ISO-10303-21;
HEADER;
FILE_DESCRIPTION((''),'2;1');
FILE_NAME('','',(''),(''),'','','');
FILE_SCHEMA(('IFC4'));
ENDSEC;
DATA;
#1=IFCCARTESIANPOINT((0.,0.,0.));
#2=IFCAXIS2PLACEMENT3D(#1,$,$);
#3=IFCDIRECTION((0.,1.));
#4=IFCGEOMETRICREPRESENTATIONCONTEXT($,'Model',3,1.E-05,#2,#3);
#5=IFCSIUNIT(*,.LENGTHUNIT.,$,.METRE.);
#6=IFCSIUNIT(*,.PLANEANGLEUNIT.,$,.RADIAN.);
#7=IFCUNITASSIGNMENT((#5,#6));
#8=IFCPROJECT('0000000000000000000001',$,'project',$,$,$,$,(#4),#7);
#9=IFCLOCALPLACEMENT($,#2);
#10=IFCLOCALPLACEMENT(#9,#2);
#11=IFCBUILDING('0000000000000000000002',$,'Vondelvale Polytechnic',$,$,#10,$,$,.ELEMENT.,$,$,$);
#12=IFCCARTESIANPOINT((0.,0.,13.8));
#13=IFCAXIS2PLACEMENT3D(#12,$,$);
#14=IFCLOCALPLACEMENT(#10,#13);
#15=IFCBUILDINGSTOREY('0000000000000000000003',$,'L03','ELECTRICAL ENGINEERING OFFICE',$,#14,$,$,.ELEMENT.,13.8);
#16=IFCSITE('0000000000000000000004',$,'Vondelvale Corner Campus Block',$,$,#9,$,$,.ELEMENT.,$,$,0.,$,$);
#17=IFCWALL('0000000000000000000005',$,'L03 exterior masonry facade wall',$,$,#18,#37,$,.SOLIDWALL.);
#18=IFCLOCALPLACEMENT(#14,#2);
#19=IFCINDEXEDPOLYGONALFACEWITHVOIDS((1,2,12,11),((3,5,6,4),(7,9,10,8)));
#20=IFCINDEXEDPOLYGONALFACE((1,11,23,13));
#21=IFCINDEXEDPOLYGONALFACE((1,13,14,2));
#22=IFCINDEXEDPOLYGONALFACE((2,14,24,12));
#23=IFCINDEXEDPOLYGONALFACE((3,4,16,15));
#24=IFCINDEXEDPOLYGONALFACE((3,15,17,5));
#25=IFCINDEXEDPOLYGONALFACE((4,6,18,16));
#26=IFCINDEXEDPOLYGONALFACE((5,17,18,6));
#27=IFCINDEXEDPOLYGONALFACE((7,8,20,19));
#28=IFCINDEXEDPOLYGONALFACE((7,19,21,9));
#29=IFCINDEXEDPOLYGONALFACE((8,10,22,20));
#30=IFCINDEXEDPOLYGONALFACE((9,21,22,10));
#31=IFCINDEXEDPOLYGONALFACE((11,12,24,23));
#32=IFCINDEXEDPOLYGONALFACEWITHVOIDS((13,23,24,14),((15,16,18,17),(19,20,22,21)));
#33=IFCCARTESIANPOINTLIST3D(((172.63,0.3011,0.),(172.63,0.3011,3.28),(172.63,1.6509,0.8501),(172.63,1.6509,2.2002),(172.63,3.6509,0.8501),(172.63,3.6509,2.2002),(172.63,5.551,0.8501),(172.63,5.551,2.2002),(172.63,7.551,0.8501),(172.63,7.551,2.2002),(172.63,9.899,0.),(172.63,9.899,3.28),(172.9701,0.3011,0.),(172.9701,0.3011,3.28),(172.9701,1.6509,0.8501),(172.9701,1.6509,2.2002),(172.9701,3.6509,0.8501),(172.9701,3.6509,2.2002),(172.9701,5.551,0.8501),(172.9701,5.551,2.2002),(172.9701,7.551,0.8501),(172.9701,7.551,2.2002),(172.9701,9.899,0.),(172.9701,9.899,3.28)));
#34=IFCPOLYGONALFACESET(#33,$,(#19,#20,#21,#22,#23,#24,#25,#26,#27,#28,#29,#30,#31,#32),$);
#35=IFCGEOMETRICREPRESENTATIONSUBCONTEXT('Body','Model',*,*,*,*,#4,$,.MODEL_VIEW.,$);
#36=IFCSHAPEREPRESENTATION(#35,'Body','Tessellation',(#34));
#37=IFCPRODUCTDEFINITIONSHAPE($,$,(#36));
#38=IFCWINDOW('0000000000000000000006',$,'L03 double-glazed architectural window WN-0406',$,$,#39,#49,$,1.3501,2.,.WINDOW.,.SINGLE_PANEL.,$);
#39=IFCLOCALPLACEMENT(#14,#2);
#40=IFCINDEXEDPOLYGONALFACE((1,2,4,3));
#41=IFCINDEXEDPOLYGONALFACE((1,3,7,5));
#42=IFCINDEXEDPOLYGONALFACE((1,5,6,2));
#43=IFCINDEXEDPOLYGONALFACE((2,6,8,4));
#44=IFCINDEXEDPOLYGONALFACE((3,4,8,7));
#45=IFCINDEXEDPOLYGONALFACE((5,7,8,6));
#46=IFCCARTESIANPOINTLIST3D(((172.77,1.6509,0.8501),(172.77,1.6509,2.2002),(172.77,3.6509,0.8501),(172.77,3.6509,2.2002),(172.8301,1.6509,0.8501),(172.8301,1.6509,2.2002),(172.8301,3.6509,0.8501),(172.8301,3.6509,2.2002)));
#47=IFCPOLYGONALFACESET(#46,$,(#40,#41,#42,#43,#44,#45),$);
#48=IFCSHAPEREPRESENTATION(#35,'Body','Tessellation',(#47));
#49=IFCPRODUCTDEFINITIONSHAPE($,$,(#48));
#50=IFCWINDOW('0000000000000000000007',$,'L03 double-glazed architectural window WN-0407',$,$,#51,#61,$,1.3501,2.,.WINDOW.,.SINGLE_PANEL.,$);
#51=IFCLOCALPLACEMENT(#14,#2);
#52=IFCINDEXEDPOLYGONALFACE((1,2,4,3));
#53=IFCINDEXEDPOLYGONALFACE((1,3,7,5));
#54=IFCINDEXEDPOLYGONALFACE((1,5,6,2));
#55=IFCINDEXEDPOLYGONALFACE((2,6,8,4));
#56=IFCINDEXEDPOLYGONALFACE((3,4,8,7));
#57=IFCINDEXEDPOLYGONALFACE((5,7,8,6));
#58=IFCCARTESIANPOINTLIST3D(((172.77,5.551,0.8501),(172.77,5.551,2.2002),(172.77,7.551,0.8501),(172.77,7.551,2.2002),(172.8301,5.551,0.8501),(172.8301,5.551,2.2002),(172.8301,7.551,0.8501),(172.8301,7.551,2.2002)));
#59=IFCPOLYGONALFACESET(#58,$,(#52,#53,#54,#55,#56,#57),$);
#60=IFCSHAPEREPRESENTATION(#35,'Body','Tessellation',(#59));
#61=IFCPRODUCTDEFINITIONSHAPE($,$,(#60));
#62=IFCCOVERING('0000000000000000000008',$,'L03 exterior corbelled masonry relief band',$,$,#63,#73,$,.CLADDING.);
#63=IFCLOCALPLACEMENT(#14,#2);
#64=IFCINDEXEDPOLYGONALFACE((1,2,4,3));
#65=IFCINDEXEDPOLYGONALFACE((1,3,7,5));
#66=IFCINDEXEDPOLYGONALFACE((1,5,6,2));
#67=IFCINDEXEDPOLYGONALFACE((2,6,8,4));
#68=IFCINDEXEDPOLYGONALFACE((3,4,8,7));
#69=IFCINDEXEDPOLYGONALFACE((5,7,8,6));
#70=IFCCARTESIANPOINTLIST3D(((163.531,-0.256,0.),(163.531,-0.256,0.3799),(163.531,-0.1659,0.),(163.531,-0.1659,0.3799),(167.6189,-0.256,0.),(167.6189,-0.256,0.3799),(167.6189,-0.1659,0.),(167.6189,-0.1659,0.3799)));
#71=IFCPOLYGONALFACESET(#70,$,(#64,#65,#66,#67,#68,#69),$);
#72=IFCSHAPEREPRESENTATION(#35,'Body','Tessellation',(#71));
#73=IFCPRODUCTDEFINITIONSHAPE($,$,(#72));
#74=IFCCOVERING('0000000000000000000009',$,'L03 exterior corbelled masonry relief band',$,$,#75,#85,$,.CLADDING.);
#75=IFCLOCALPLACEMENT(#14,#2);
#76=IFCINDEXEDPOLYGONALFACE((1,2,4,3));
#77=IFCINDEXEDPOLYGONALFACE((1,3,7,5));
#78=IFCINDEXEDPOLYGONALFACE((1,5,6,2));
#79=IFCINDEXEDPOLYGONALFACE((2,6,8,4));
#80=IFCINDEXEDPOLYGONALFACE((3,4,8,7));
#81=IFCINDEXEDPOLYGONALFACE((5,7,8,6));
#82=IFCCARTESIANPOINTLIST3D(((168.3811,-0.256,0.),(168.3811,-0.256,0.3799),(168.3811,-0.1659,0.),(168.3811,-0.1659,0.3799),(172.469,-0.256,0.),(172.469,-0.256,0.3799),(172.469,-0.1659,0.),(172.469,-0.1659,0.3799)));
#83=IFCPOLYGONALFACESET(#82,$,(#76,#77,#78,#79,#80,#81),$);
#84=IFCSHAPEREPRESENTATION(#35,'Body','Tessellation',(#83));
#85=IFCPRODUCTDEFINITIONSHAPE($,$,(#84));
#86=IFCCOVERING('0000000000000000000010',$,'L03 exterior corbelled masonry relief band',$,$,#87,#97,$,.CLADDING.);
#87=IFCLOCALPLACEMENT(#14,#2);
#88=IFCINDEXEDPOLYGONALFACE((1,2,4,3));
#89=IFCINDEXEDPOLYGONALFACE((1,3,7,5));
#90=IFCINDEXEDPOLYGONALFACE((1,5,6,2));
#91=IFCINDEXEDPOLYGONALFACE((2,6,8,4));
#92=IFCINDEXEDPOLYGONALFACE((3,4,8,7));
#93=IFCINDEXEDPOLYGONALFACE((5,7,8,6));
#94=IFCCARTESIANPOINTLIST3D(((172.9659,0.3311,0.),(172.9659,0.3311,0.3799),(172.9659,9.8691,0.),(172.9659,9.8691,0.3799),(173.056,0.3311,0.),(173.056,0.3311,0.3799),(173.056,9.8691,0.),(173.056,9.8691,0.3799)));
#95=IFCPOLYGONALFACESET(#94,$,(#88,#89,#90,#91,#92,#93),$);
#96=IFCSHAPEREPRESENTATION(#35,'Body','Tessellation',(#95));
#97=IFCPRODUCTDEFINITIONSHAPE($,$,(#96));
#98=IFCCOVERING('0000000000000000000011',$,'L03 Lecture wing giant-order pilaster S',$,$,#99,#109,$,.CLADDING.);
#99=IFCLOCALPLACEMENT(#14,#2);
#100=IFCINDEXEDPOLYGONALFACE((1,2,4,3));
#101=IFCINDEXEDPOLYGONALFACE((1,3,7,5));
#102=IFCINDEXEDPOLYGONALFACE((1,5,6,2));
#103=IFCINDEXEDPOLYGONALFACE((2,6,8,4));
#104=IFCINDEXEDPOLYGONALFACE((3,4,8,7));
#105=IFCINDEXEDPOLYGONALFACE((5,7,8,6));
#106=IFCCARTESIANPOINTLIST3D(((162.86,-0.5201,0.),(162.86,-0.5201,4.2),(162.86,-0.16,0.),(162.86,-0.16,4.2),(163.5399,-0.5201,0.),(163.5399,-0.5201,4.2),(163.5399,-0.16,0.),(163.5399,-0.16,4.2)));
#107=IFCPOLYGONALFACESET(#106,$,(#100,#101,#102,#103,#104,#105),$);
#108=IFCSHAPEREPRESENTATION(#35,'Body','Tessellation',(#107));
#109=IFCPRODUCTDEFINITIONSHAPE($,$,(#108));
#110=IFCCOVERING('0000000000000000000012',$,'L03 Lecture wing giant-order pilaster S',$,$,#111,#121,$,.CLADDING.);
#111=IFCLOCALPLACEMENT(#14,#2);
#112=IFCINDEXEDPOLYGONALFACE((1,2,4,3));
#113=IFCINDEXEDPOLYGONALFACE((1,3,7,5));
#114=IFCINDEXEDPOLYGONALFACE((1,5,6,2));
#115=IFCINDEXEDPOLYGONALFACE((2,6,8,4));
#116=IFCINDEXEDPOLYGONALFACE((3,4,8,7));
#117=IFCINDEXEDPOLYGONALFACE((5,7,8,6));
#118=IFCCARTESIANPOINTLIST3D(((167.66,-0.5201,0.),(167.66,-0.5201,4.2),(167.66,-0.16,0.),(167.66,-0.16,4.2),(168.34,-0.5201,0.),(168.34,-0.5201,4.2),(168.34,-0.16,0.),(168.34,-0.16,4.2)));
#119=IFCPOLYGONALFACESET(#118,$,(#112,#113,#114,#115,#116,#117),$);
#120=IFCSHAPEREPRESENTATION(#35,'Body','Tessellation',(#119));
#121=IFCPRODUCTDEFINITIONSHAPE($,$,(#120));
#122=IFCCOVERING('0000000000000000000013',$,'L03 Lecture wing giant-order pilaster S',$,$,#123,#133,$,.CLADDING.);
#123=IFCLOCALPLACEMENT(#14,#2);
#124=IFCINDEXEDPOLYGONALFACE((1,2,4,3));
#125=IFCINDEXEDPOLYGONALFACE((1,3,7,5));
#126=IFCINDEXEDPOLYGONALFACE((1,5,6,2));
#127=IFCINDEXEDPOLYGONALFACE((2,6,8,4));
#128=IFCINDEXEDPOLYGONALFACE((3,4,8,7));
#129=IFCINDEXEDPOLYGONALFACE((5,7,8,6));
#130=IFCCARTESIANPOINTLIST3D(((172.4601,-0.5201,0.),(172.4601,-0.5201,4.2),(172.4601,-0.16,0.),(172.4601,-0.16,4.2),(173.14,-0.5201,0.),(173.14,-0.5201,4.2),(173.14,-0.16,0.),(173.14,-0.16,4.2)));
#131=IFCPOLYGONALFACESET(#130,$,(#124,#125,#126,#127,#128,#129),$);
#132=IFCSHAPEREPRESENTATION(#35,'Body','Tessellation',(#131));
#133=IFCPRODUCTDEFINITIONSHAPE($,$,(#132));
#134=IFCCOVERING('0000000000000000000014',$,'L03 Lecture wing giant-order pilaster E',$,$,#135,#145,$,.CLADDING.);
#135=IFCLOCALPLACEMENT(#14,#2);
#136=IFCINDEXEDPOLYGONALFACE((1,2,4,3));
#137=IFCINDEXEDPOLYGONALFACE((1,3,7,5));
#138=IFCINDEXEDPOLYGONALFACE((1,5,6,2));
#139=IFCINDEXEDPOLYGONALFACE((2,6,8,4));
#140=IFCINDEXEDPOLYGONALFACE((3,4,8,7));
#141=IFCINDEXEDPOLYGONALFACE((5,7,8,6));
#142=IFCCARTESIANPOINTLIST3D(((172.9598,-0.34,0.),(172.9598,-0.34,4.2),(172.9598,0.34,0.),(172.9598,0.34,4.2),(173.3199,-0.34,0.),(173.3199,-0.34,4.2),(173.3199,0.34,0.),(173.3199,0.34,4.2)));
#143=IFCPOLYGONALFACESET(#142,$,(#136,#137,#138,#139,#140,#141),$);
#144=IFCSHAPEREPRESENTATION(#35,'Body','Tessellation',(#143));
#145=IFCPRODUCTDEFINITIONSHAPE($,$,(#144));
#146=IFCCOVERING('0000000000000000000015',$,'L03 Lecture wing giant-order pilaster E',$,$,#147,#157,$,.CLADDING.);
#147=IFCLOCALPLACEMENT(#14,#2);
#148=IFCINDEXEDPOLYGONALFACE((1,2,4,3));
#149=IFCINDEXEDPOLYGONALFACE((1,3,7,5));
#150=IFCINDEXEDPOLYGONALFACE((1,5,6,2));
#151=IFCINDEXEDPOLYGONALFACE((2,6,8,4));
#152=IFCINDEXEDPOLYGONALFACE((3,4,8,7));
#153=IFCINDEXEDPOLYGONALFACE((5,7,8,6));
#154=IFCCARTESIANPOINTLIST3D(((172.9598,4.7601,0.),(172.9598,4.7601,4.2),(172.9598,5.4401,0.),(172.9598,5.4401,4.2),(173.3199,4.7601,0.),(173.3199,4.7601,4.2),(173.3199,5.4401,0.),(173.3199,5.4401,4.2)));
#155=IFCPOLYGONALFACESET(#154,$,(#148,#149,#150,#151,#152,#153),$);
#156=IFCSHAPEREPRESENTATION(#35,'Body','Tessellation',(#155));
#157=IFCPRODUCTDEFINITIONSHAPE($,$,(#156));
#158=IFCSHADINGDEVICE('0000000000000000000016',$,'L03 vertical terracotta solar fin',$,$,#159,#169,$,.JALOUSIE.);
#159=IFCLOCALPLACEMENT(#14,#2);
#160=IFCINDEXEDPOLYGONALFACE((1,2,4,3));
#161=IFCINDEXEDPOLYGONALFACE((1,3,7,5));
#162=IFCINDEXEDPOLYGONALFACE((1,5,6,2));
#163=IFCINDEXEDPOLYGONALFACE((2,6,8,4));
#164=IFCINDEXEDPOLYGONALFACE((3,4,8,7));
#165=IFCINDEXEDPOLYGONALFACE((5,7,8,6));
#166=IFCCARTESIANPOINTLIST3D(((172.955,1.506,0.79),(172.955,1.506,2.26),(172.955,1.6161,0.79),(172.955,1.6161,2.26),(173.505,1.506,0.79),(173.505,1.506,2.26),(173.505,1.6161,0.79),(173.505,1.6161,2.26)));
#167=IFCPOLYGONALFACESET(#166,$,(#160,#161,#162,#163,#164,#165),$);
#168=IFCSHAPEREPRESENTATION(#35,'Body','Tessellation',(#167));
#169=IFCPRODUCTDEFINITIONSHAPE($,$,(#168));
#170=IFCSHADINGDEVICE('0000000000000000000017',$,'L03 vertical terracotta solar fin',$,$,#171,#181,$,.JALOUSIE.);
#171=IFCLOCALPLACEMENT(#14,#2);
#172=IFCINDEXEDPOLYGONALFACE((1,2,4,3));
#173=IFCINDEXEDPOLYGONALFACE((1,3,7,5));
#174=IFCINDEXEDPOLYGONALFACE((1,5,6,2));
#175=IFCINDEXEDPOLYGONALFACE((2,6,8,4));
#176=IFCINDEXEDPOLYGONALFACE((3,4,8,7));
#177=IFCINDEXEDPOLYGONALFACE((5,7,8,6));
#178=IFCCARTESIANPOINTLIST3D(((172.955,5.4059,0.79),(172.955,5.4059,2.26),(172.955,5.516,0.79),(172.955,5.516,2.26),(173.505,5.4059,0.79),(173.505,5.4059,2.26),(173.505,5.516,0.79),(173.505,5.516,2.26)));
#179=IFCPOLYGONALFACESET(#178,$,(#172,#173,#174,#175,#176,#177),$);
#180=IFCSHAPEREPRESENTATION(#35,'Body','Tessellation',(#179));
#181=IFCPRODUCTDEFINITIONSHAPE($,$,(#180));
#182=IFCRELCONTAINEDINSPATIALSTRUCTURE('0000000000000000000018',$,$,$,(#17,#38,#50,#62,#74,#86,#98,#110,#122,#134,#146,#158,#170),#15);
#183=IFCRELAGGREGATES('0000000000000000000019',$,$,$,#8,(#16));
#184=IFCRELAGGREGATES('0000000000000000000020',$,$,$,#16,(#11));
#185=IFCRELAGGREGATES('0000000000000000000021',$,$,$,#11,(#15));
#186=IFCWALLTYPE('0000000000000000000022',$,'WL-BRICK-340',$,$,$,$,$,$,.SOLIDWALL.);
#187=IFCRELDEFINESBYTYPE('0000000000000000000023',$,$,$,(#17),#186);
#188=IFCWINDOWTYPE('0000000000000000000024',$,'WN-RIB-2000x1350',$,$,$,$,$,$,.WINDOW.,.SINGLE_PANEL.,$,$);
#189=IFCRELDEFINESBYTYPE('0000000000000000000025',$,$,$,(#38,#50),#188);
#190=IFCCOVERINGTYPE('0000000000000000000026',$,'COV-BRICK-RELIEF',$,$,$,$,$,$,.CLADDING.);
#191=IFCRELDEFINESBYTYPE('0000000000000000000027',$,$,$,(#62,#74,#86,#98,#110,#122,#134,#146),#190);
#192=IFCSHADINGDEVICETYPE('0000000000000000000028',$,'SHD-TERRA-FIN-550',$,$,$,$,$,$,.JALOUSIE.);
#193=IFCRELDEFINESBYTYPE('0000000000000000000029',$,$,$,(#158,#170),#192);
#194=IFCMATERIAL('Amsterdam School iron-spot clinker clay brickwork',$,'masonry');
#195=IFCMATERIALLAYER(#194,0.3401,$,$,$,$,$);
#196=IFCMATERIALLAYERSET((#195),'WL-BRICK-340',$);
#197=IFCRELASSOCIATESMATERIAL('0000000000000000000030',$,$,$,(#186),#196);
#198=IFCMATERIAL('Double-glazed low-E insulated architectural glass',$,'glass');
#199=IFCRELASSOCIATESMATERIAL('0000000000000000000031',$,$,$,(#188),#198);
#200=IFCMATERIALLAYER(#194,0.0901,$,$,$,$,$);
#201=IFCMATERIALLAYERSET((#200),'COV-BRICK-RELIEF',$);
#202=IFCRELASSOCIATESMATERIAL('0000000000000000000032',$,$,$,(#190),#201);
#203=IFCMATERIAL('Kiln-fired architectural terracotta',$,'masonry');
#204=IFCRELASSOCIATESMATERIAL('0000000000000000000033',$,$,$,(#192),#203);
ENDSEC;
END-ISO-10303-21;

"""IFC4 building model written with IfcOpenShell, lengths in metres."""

from ifc_helpers import new_model, si_unit, direction, frame, frame_2d, origin, origin_2d, place, context, subcontext, project, spatial, rectangle, extrude, material, layer, layer_set, type_object, element, fill, save


model = new_model("IFC4")

# Units and contexts
model_context = context("Model", 3, precision=1e-05, world=origin(), true_north=direction((0.0, 1.0)))
body_context = subcontext(model_context, "Body", "Model", "MODEL_VIEW")
ifc_project = project(units=[si_unit("LENGTHUNIT", "METRE"), si_unit("PLANEANGLEUNIT", "RADIAN")], contexts=[model_context])

# Site, building, storey
site_placement = place(None, origin())
site = spatial("IfcSite", under=ifc_project, at=site_placement, Name="Vondelvale Corner Campus Block", CompositionType="ELEMENT", RefElevation=0.0)
building_placement = place(site_placement, origin())
building = spatial("IfcBuilding", under=site, at=building_placement, Name="Vondelvale Polytechnic", CompositionType="ELEMENT")
storey_placement = place(building_placement, frame((0.0, 0.0, 13.8)))
storey = spatial("IfcBuildingStorey", under=building, at=storey_placement, Name="L03", Description="ELECTRICAL ENGINEERING OFFICE", CompositionType="ELEMENT", Elevation=13.8)

# Shared definitions
ifc_material_1 = material(Name="Amsterdam School iron-spot clinker clay brickwork", Category="masonry")
ifc_layer_1 = layer(ifc_material_1, 0.3401)
ifc_layer_set_1 = layer_set([ifc_layer_1], Name="WL-BRICK-340")
wall_type = type_object("IfcWallType", Name="WL-BRICK-340", PredefinedType="SOLIDWALL", material=ifc_layer_set_1)
ifc_material_2 = material(Name="Double-glazed low-E insulated architectural glass", Category="glass")

# Wall, openings, windows
wall_1_placement = place(storey_placement, frame((172.8, 9.8989, 0.0), z_axis=(0.0, 0.0, 1.0), x_axis=(0.0, -1.0, 0.0)))
wall_1 = element("IfcWall", 1, at=wall_1_placement, inside=storey, type_object=wall_type, Name="L03 exterior masonry facade wall", PredefinedType="SOLIDWALL", context=body_context, shape_type="SweptSolid", body=[
    extrude(rectangle(XDim=9.5979, YDim=0.3401, at=frame_2d((4.7988, 0.0))), origin(), (0.0, 0.0, 1.0), 3.28),
])
opening_1_placement = place(wall_1_placement, frame((6.248, 0.0, 0.8501)))
opening_1 = element("IfcOpeningElement", 2, at=opening_1_placement, cuts=wall_1, PredefinedType="OPENING", context=body_context, shape_type="SweptSolid", body=[
    extrude(rectangle(XDim=2.0, YDim=1.3501, at=frame_2d((1.0, 0.675))), frame((0.0, 0.1799, 0.0), z_axis=(0.0, -1.0, 0.0), x_axis=(1.0, 0.0, 0.0)), (0.0, 0.0, 1.0), 0.3601),
])
opening_2_placement = place(wall_1_placement, frame((2.3479, 0.0, 0.8501)))
opening_2 = element("IfcOpeningElement", 3, at=opening_2_placement, cuts=wall_1, PredefinedType="OPENING", context=body_context, shape_type="SweptSolid", body=[
    extrude(rectangle(XDim=2.0, YDim=1.3501, at=frame_2d((1.0, 0.675))), frame((0.0, 0.1799, 0.0), z_axis=(0.0, -1.0, 0.0), x_axis=(1.0, 0.0, 0.0)), (0.0, 0.0, 1.0), 0.3601),
])
window_type_1 = type_object("IfcWindowType", Name="WN-RIB-2000x1350", PartitioningType="SINGLE_PANEL", PredefinedType="WINDOW", material=ifc_material_2)
window_1_placement = place(opening_1_placement, origin())
window_1 = element("IfcWindow", 4, at=window_1_placement, inside=storey, type_object=window_type_1, Name="L03 double-glazed architectural window WN-0406", OverallHeight=1.3501, OverallWidth=2.0, PartitioningType="SINGLE_PANEL", PredefinedType="WINDOW", context=body_context, shape_type="SweptSolid", body=[
    extrude(rectangle(XDim=2.0, YDim=1.3501, at=frame_2d((1.0, 0.675))), frame((0.0, 0.03, 0.0), z_axis=(0.0, -1.0, 0.0), x_axis=(1.0, 0.0, 0.0)), (0.0, 0.0, 1.0), 0.0601),
])
fill(opening_1, window_1)
window_2_placement = place(opening_2_placement, origin())
window_2 = element("IfcWindow", 5, at=window_2_placement, inside=storey, type_object=window_type_1, Name="L03 double-glazed architectural window WN-0407", OverallHeight=1.3501, OverallWidth=2.0, PartitioningType="SINGLE_PANEL", PredefinedType="WINDOW", context=body_context, shape_type="SweptSolid", body=[
    extrude(rectangle(XDim=2.0, YDim=1.3501, at=frame_2d((1.0, 0.675))), frame((0.0, 0.03, 0.0), z_axis=(0.0, -1.0, 0.0), x_axis=(1.0, 0.0, 0.0)), (0.0, 0.0, 1.0), 0.0601),
])
fill(opening_2, window_2)

# Coverings
ifc_layer_2 = layer(ifc_material_1, 0.0901)
ifc_layer_set_2 = layer_set([ifc_layer_2], Name="COV-BRICK-RELIEF")
covering_type = type_object("IfcCoveringType", Name="COV-BRICK-RELIEF", PredefinedType="CLADDING", material=ifc_layer_set_2)
for number, where, z_axis, x_axis, name in (
    (6, (165.575, -0.2109, 0.0), (0.0, 0.0, 1.0), (-1.0, 0.0, 0.0), "L03 exterior corbelled masonry relief band"),
    (7, (170.425, -0.2109, 0.0), (0.0, 0.0, 1.0), (-1.0, 0.0, 0.0), "L03 exterior corbelled masonry relief band"),
):
    element("IfcCovering", number, at=place(storey_placement, frame(where, z_axis=z_axis, x_axis=x_axis)), inside=storey, type_object=covering_type, Name=name, PredefinedType="CLADDING", context=body_context, shape_type="SweptSolid", body=[
        extrude(rectangle(XDim=4.0879, YDim=0.0901, at=origin_2d()), origin(), (0.0, 0.0, 1.0), 0.3799),
    ])
covering_placement = place(storey_placement, frame((173.011, 5.1001, 0.0), z_axis=(0.0, 0.0, 1.0), x_axis=(0.0, -1.0, 0.0)))
element("IfcCovering", 8, at=covering_placement, inside=storey, type_object=covering_type, Name="L03 exterior corbelled masonry relief band", PredefinedType="CLADDING", context=body_context, shape_type="SweptSolid", body=[
    extrude(rectangle(XDim=9.5381, YDim=0.0901, at=origin_2d()), origin(), (0.0, 0.0, 1.0), 0.3799),
])
for number, where, z_axis, x_axis, name in (
    (9, (163.2, -0.3401, 0.0), (0.0, 0.0, 1.0), (1.0, 0.0, 0.0), "L03 Lecture wing giant-order pilaster S"),
    (10, (168.0, -0.3401, 0.0), (0.0, 0.0, 1.0), (1.0, 0.0, 0.0), "L03 Lecture wing giant-order pilaster S"),
    (11, (172.8, -0.3401, 0.0), (0.0, 0.0, 1.0), (1.0, 0.0, 0.0), "L03 Lecture wing giant-order pilaster S"),
):
    element("IfcCovering", number, at=place(storey_placement, frame(where, z_axis=z_axis, x_axis=x_axis)), inside=storey, type_object=covering_type, Name=name, PredefinedType="CLADDING", context=body_context, shape_type="SweptSolid", body=[
        extrude(rectangle(XDim=0.6799, YDim=0.3601, at=origin_2d()), origin(), (0.0, 0.0, 1.0), 4.2),
    ])
for number, where, z_axis, x_axis, name in (
    (12, (173.1399, 0.0, 0.0), (0.0, 0.0, 1.0), (1.0, 0.0, 0.0), "L03 Lecture wing giant-order pilaster E"),
    (13, (173.1399, 5.1001, 0.0), (0.0, 0.0, 1.0), (1.0, 0.0, 0.0), "L03 Lecture wing giant-order pilaster E"),
):
    element("IfcCovering", number, at=place(storey_placement, frame(where, z_axis=z_axis, x_axis=x_axis)), inside=storey, type_object=covering_type, Name=name, PredefinedType="CLADDING", context=body_context, shape_type="SweptSolid", body=[
        extrude(rectangle(XDim=0.3601, YDim=0.6799, at=origin_2d()), origin(), (0.0, 0.0, 1.0), 4.2),
    ])

# Shading devices
ifc_material_3 = material(Name="Kiln-fired architectural terracotta", Category="masonry")
shading_device_type = type_object("IfcShadingDeviceType", Name="SHD-TERRA-FIN-550", PredefinedType="JALOUSIE", material=ifc_material_3)
for number, where, z_axis, x_axis, name in (
    (14, (173.23, 1.561, 0.79), (0.0, 0.0, 1.0), (0.0, -1.0, 0.0), "L03 vertical terracotta solar fin"),
    (15, (173.23, 5.4609, 0.79), (0.0, 0.0, 1.0), (0.0, -1.0, 0.0), "L03 vertical terracotta solar fin"),
):
    element("IfcShadingDevice", number, at=place(storey_placement, frame(where, z_axis=z_axis, x_axis=x_axis)), inside=storey, type_object=shading_device_type, Name=name, PredefinedType="JALOUSIE", context=body_context, shape_type="SweptSolid", body=[
        extrude(rectangle(XDim=0.1101, YDim=0.55, at=origin_2d()), origin(), (0.0, 0.0, 1.0), 1.47),
    ])

save(model, "model.ifc")
